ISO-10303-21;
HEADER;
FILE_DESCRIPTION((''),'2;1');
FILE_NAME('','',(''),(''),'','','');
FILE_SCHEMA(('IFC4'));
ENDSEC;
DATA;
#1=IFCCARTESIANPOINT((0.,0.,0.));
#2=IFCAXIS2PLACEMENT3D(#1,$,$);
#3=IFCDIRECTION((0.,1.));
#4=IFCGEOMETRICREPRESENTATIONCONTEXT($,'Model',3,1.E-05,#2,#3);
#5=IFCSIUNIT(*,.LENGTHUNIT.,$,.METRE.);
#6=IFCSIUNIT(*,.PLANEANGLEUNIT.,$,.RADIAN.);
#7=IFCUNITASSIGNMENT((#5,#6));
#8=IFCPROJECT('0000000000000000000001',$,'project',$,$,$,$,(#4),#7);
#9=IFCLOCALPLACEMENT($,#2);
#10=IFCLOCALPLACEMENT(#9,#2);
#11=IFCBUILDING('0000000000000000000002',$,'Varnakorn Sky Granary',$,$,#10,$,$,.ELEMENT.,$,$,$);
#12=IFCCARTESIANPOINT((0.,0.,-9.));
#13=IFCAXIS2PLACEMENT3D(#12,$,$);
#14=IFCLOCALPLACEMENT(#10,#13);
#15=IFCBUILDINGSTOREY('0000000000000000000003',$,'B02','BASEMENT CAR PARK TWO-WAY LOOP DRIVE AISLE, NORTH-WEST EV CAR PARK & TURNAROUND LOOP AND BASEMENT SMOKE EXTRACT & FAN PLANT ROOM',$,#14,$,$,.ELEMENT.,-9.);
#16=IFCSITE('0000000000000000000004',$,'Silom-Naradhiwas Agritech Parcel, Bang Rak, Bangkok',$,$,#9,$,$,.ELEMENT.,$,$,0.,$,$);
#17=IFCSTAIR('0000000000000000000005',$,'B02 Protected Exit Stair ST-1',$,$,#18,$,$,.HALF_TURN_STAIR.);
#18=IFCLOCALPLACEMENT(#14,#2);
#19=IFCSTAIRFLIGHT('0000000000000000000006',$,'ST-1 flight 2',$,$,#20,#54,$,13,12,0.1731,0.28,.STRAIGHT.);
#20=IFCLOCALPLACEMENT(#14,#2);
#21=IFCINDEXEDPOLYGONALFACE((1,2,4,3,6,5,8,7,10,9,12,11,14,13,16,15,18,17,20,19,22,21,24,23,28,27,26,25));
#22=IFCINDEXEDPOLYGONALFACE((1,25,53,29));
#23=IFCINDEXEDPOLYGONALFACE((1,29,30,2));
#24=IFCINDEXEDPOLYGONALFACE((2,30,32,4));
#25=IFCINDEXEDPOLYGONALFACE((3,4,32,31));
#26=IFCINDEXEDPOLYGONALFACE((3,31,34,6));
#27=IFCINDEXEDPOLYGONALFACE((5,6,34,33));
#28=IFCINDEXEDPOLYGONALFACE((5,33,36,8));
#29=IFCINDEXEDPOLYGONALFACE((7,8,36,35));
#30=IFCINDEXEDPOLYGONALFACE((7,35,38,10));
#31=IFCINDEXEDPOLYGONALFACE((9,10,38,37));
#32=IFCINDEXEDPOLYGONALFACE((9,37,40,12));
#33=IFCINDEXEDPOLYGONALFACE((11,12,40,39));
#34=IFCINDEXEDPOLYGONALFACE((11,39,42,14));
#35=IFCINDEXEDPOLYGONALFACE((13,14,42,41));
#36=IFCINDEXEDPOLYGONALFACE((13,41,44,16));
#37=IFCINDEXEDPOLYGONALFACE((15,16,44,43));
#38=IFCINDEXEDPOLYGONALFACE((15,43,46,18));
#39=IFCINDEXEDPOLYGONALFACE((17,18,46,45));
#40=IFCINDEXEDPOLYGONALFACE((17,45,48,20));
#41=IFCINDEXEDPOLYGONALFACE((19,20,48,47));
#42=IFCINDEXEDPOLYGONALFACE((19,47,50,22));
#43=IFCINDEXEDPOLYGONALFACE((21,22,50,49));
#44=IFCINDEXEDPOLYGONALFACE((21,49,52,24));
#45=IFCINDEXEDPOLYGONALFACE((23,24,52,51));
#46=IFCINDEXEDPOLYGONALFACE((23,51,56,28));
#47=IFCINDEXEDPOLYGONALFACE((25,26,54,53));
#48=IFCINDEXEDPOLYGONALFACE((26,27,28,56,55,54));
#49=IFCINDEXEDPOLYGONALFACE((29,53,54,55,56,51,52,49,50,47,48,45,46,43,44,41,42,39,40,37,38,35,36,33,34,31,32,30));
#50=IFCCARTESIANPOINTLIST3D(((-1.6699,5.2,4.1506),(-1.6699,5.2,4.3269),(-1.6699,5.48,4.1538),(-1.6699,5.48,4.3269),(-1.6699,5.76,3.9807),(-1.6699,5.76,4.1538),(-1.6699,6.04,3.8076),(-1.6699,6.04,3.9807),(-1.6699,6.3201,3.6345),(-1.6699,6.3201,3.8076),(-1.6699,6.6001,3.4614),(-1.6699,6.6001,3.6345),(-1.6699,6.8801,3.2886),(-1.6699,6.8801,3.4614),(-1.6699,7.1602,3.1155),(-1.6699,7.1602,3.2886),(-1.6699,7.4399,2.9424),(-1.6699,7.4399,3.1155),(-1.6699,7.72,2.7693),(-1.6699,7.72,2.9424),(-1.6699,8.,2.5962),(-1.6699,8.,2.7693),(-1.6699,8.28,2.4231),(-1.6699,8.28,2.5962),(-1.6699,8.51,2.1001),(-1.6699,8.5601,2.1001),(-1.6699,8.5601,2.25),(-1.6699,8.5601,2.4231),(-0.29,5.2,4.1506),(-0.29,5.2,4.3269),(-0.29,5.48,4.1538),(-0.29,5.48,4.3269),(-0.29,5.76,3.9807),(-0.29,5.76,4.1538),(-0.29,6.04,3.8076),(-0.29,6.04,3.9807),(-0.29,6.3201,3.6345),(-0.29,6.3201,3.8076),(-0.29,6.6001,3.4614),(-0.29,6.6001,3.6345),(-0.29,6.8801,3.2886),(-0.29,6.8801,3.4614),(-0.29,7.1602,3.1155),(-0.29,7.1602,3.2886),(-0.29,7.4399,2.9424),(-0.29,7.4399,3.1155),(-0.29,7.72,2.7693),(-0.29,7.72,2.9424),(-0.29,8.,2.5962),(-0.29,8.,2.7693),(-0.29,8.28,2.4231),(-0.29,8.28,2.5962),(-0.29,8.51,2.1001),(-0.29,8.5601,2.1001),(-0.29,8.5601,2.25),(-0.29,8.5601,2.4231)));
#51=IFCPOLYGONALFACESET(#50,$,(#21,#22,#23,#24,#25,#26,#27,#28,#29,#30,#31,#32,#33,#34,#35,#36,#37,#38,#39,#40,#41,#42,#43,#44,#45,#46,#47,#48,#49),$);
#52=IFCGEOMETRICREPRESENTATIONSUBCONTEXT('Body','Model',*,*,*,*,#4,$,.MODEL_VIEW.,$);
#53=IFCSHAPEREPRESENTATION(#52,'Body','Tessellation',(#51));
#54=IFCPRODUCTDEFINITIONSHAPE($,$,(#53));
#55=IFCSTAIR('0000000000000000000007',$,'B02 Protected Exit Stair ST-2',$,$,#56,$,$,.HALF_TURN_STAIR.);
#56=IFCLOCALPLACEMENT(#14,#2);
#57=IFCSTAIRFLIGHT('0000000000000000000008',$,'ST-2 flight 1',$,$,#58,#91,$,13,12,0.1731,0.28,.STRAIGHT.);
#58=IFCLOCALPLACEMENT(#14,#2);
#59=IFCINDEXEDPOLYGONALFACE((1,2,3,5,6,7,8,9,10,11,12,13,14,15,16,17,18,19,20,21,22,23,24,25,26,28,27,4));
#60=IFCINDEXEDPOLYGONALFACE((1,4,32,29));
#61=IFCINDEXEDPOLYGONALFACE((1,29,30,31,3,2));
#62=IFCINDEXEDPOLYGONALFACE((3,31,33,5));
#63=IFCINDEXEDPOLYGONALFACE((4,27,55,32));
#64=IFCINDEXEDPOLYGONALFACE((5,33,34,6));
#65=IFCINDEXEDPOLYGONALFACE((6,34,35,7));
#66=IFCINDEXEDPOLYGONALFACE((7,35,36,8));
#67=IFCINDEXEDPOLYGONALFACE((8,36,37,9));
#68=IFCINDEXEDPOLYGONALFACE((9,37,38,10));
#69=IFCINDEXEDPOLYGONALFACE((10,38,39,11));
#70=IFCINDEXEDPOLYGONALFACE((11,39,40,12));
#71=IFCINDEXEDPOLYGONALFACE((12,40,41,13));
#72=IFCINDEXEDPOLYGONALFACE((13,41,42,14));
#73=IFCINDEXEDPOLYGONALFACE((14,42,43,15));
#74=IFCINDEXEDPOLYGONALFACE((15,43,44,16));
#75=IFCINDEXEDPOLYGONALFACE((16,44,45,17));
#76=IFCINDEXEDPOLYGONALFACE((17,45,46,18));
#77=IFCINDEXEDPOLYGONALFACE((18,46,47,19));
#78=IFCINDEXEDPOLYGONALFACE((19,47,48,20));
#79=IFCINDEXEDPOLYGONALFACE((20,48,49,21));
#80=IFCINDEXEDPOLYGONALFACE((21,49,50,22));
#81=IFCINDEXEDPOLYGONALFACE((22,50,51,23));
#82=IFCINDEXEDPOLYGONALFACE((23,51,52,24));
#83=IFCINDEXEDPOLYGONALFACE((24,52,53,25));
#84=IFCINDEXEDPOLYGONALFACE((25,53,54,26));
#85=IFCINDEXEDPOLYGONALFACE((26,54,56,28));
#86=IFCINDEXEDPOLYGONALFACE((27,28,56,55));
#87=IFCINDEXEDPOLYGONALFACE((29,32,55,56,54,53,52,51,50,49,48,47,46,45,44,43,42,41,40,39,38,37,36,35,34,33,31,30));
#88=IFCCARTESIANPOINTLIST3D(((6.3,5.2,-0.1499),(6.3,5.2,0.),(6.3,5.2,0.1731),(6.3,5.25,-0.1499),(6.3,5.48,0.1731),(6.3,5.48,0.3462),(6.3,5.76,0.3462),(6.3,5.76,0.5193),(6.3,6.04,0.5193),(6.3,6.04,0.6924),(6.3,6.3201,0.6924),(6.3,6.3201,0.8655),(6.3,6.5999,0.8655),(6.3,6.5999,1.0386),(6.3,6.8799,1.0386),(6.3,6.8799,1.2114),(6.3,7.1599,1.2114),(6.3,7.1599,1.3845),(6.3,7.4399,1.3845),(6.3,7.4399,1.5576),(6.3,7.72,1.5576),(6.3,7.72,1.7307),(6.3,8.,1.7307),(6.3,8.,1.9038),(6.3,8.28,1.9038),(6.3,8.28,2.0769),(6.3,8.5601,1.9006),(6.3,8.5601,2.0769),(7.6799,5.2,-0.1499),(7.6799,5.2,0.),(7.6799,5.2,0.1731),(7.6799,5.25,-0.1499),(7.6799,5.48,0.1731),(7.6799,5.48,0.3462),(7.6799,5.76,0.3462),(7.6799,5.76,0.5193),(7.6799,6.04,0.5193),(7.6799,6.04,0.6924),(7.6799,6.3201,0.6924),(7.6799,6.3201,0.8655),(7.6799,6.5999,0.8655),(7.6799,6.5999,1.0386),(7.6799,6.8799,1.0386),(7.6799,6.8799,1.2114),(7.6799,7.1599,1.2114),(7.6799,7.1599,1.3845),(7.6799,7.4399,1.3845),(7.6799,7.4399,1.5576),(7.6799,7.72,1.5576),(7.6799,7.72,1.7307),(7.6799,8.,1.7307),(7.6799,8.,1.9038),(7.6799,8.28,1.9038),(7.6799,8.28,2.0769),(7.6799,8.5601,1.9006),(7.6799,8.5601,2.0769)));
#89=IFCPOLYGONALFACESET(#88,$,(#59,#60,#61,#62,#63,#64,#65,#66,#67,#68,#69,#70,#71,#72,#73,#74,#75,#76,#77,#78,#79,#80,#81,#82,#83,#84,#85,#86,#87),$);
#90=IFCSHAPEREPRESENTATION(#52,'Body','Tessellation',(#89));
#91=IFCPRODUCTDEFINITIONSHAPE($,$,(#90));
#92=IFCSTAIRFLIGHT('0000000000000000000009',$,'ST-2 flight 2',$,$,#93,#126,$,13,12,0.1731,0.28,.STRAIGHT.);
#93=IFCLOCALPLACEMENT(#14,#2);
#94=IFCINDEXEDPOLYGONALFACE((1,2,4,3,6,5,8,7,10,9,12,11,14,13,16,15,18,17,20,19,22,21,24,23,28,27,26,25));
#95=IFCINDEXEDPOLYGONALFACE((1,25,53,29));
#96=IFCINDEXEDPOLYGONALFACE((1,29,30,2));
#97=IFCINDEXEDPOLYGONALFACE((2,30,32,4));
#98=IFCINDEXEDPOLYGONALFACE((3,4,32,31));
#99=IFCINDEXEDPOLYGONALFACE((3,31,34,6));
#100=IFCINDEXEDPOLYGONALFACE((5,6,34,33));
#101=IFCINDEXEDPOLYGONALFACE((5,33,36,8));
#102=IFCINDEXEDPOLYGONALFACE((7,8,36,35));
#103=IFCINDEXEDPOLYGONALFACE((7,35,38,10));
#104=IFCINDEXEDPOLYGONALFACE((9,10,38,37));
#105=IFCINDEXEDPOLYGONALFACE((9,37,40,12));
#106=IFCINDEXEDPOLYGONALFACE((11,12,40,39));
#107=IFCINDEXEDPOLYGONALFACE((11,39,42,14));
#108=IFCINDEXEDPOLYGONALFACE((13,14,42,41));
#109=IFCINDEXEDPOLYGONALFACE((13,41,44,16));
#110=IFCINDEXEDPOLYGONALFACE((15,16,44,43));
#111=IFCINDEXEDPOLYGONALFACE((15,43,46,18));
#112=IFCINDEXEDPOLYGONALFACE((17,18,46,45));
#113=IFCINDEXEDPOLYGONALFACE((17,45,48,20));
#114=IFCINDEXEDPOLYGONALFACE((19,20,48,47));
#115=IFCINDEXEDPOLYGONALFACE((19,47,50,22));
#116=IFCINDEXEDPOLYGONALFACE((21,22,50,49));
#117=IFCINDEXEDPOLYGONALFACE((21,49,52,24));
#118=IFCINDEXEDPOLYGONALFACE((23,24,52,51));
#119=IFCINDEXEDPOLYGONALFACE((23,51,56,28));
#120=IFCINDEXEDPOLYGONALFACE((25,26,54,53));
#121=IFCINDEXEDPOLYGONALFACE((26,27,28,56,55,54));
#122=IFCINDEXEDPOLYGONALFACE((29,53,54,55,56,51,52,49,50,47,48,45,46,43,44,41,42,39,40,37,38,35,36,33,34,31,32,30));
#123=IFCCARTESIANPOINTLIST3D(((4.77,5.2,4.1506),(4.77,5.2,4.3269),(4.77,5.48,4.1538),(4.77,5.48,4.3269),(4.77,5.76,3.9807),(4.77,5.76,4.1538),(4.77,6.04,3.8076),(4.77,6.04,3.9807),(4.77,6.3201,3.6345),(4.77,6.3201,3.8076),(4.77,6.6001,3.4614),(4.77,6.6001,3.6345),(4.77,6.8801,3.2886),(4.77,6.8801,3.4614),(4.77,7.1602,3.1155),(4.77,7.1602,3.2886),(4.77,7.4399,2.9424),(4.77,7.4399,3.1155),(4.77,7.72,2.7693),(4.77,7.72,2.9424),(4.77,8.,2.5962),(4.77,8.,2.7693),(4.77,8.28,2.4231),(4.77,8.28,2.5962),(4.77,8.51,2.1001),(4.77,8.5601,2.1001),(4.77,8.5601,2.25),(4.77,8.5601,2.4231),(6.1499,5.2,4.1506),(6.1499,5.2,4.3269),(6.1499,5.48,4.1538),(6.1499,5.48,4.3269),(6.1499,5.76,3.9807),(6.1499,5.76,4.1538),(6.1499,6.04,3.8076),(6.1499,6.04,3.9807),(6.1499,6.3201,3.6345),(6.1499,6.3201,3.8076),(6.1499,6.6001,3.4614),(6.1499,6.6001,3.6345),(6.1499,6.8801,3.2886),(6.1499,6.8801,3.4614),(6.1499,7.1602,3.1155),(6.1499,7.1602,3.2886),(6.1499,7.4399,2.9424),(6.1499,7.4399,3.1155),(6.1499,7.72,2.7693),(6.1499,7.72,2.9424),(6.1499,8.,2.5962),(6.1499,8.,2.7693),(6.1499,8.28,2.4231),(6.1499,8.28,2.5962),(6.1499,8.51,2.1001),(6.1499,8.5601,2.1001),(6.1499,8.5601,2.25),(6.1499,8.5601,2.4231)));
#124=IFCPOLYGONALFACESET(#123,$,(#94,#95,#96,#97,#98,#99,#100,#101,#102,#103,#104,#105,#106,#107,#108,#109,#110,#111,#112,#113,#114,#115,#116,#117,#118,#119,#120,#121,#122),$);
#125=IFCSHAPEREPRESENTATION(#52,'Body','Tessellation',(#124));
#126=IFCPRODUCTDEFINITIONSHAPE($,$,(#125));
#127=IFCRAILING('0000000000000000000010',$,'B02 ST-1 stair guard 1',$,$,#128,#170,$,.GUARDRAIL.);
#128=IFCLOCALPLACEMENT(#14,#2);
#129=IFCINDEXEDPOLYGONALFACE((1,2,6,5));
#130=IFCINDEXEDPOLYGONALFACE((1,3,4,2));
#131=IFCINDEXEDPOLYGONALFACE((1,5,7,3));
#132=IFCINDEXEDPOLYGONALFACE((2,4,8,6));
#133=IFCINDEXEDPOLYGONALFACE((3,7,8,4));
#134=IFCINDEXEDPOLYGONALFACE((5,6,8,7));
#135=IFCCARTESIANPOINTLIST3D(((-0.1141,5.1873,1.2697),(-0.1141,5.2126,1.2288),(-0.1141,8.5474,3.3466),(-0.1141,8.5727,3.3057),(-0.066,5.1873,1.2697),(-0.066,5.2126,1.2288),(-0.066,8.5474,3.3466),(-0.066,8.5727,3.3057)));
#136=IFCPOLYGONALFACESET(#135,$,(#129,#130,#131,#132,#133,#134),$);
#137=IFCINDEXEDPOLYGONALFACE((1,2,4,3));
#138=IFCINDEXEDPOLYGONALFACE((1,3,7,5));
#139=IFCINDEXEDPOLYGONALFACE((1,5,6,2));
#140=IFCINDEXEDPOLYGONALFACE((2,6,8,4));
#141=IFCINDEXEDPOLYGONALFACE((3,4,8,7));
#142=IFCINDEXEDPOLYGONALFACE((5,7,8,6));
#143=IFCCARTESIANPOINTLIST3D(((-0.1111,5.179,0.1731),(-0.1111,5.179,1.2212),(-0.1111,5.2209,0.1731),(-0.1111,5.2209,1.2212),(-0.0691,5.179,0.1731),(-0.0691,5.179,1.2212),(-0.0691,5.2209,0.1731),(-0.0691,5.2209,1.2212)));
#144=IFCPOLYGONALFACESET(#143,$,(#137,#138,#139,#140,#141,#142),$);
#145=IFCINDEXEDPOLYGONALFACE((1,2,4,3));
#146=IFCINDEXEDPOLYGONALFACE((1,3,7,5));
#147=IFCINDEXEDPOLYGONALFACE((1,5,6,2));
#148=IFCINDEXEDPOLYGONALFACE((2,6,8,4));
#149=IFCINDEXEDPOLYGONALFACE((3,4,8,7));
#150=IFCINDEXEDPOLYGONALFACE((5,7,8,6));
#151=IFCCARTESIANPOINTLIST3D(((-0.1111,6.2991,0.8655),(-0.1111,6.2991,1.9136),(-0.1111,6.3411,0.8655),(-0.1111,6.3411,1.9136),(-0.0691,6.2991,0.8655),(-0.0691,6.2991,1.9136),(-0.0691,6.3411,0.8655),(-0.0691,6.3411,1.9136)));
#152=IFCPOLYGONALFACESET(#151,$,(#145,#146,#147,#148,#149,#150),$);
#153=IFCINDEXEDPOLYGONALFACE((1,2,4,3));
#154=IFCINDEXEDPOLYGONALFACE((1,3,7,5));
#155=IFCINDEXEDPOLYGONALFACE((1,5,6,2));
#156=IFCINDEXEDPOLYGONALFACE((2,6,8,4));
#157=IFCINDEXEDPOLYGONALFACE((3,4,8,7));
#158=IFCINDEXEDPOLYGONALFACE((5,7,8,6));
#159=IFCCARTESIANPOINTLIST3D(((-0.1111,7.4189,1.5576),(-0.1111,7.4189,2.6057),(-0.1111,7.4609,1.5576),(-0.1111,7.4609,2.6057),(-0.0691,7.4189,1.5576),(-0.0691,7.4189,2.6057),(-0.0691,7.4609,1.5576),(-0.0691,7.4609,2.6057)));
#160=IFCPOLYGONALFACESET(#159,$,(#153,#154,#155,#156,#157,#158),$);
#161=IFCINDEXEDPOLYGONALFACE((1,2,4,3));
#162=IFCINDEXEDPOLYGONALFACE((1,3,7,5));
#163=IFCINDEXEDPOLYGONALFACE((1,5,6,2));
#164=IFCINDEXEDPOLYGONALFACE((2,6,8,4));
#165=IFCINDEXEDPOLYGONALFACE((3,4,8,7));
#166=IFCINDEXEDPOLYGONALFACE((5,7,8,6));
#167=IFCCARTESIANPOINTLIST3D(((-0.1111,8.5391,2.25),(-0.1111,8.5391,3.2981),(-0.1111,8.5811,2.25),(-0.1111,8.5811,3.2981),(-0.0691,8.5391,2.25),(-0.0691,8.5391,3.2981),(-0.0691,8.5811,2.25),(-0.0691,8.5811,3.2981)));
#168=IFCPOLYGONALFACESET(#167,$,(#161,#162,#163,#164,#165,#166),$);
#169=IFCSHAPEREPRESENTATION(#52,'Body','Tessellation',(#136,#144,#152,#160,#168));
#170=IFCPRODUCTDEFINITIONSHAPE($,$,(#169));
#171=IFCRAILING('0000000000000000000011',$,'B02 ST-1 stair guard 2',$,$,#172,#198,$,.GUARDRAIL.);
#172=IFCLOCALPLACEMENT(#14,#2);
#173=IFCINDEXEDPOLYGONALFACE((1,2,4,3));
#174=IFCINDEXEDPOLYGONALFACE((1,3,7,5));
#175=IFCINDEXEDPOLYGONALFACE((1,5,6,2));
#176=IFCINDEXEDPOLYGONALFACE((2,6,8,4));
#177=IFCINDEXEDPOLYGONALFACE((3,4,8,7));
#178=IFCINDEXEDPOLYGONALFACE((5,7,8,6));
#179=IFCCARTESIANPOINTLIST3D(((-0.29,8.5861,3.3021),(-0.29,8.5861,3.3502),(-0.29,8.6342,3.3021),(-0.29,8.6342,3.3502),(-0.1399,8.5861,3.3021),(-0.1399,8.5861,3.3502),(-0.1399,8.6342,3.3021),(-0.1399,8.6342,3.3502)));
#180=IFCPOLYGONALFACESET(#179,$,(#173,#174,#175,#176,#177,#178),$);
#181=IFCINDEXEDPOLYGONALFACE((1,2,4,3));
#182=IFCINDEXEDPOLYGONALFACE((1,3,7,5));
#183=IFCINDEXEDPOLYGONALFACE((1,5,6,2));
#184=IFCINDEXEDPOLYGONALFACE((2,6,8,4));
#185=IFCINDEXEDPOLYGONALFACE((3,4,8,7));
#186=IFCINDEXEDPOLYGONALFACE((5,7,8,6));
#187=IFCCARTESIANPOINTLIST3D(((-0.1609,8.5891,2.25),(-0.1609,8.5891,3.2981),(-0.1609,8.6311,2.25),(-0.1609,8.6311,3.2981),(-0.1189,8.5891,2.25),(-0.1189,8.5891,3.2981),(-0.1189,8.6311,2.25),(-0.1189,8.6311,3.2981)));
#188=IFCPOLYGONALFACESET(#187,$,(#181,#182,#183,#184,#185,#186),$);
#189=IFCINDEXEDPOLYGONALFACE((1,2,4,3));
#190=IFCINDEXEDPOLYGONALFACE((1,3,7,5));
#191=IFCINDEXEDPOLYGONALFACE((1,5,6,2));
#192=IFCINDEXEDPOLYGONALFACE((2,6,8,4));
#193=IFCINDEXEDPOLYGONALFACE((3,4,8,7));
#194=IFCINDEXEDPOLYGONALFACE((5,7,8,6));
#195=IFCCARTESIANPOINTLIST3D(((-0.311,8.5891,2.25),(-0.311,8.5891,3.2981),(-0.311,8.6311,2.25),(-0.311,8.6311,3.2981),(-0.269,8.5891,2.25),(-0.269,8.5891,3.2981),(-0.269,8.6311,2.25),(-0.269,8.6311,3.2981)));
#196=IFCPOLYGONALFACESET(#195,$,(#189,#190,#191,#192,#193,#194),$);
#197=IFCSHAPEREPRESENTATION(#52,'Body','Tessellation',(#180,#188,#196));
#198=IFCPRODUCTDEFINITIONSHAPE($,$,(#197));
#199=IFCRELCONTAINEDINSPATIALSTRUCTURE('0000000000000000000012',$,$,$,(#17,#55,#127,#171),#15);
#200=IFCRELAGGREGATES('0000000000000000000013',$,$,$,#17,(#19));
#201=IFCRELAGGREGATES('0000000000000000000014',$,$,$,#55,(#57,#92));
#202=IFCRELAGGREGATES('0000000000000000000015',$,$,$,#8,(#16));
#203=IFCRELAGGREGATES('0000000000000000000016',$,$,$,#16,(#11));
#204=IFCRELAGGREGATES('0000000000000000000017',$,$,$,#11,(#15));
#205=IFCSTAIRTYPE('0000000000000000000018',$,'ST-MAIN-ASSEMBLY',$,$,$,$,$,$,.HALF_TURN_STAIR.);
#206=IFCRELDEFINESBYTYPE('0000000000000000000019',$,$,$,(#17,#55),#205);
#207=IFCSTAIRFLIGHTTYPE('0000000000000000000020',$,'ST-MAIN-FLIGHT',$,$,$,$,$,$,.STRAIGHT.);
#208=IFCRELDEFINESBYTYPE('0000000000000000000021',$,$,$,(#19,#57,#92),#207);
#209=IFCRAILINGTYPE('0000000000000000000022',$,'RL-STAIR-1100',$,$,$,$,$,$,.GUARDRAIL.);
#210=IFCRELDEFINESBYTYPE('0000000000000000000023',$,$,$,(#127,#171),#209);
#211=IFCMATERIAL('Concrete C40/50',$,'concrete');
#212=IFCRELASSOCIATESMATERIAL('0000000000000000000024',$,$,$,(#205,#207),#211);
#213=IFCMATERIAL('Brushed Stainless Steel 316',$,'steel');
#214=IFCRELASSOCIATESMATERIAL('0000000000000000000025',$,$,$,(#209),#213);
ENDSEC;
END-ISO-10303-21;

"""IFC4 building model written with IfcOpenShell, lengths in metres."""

from ifc_helpers import new_model, si_unit, direction, frame, origin, origin_2d, place, context, subcontext, project, spatial, polyline, rectangle, outline, extrude, material, type_object, element, aggregate, save


model = new_model("IFC4")

# Units and contexts
model_context = context("Model", 3, precision=1e-05, world=origin(), true_north=direction((0.0, 1.0)))
body_context = subcontext(model_context, "Body", "Model", "MODEL_VIEW")
ifc_project = project(units=[si_unit("LENGTHUNIT", "METRE"), si_unit("PLANEANGLEUNIT", "RADIAN")], contexts=[model_context])

# Site, building, storey
site_placement = place(None, origin())
site = spatial("IfcSite", under=ifc_project, at=site_placement, Name="Silom-Naradhiwas Agritech Parcel, Bang Rak, Bangkok", CompositionType="ELEMENT", RefElevation=0.0)
building_placement = place(site_placement, origin())
building = spatial("IfcBuilding", under=site, at=building_placement, Name="Varnakorn Sky Granary", CompositionType="ELEMENT")
storey_placement = place(building_placement, frame((0.0, 0.0, -9.0)))
storey = spatial("IfcBuildingStorey", under=building, at=storey_placement, Name="B02", Description="BASEMENT CAR PARK TWO-WAY LOOP DRIVE AISLE, NORTH-WEST EV CAR PARK & TURNAROUND LOOP AND BASEMENT SMOKE EXTRACT & FAN PLANT ROOM", CompositionType="ELEMENT", Elevation=-9.0)

# Stairs, stair flights
ifc_material_1 = material(Name="Concrete C40/50", Category="concrete")
stair_type = type_object("IfcStairType", Name="ST-MAIN-ASSEMBLY", PredefinedType="HALF_TURN_STAIR", material=ifc_material_1)
stair_1_placement = place(storey_placement, origin())
stair_1 = element("IfcStair", 1, at=stair_1_placement, inside=storey, type_object=stair_type, Name="B02 Protected Exit Stair ST-1", PredefinedType="HALF_TURN_STAIR")
stair_flight_type = type_object("IfcStairFlightType", Name="ST-MAIN-FLIGHT", PredefinedType="STRAIGHT", material=ifc_material_1)
stair_flight_1_placement = place(storey_placement, frame((-0.98, 8.5601, 2.25), z_axis=(0.0, 0.0, 1.0), x_axis=(0.0, -1.0, 0.0)))
stair_flight_1 = element("IfcStairFlight", 2, at=stair_flight_1_placement, type_object=stair_flight_type, Name="ST-1 flight 2", NumberOfRisers=13, NumberOfTreads=12, PredefinedType="STRAIGHT", RiserHeight=0.1731, TreadLength=0.28, context=body_context, shape_type="SweptSolid", body=[
    extrude(outline(polyline([(0.0, -0.1499), (0.0, 0.0), (0.0, 0.1731), (0.28, 0.1731), (0.28, 0.3462), (0.5601, 0.3462), (0.5601, 0.5193), (0.8401, 0.5193), (0.8401, 0.6924), (1.1201, 0.6924), (1.1201, 0.8655), (1.3999, 0.8655), (1.3999, 1.0386), (1.6799, 1.0386), (1.6799, 1.2114), (1.96, 1.2114), (1.96, 1.3845), (2.24, 1.3845), (2.24, 1.5576), (2.52, 1.5576), (2.52, 1.7307), (2.8, 1.7307), (2.8, 1.9038), (3.0801, 1.9038), (3.0801, 2.0769), (3.3601, 2.0769), (3.3601, 2.25), (3.3601, 1.9006), (0.05, -0.1499), (0.0, -0.1499)])), frame((0.0, 0.6899, 0.0), z_axis=(0.0, -1.0, 0.0), x_axis=(1.0, 0.0, 0.0)), (0.0, 0.0, 1.0), 1.3799),
])
aggregate(stair_1, [stair_flight_1])
stair_2_placement = place(storey_placement, origin())
stair_2 = element("IfcStair", 3, at=stair_2_placement, inside=storey, type_object=stair_type, Name="B02 Protected Exit Stair ST-2", PredefinedType="HALF_TURN_STAIR")
stair_flight_2_placement = place(storey_placement, frame((6.99, 5.2, 0.0), z_axis=(0.0, 0.0, 1.0), x_axis=(0.0, 1.0, 0.0)))
stair_flight_2 = element("IfcStairFlight", 4, at=stair_flight_2_placement, type_object=stair_flight_type, Name="ST-2 flight 1", NumberOfRisers=13, NumberOfTreads=12, PredefinedType="STRAIGHT", RiserHeight=0.1731, TreadLength=0.28, context=body_context, shape_type="SweptSolid", body=[
    extrude(outline(polyline([(0.0, -0.1499), (0.0, 0.0), (0.0, 0.1731), (0.28, 0.1731), (0.28, 0.3462), (0.5601, 0.3462), (0.5601, 0.5193), (0.8401, 0.5193), (0.8401, 0.6924), (1.1201, 0.6924), (1.1201, 0.8655), (1.3999, 0.8655), (1.3999, 1.0386), (1.6799, 1.0386), (1.6799, 1.2114), (1.96, 1.2114), (1.96, 1.3845), (2.24, 1.3845), (2.24, 1.5576), (2.52, 1.5576), (2.52, 1.7307), (2.8, 1.7307), (2.8, 1.9038), (3.0801, 1.9038), (3.0801, 2.0769), (3.3601, 2.0769), (3.3601, 2.25), (3.3601, 1.9006), (0.05, -0.1499), (0.0, -0.1499)])), frame((0.0, 0.6899, 0.0), z_axis=(0.0, -1.0, 0.0), x_axis=(1.0, 0.0, 0.0)), (0.0, 0.0, 1.0), 1.3799),
])
stair_flight_3_placement = place(storey_placement, frame((5.46, 8.5601, 2.25), z_axis=(0.0, 0.0, 1.0), x_axis=(0.0, -1.0, 0.0)))
stair_flight_3 = element("IfcStairFlight", 5, at=stair_flight_3_placement, type_object=stair_flight_type, Name="ST-2 flight 2", NumberOfRisers=13, NumberOfTreads=12, PredefinedType="STRAIGHT", RiserHeight=0.1731, TreadLength=0.28, context=body_context, shape_type="SweptSolid", body=[
    extrude(outline(polyline([(0.0, -0.1499), (0.0, 0.0), (0.0, 0.1731), (0.28, 0.1731), (0.28, 0.3462), (0.5601, 0.3462), (0.5601, 0.5193), (0.8401, 0.5193), (0.8401, 0.6924), (1.1201, 0.6924), (1.1201, 0.8655), (1.3999, 0.8655), (1.3999, 1.0386), (1.6799, 1.0386), (1.6799, 1.2114), (1.96, 1.2114), (1.96, 1.3845), (2.24, 1.3845), (2.24, 1.5576), (2.52, 1.5576), (2.52, 1.7307), (2.8, 1.7307), (2.8, 1.9038), (3.0801, 1.9038), (3.0801, 2.0769), (3.3601, 2.0769), (3.3601, 2.25), (3.3601, 1.9006), (0.05, -0.1499), (0.0, -0.1499)])), frame((0.0, 0.6899, 0.0), z_axis=(0.0, -1.0, 0.0), x_axis=(1.0, 0.0, 0.0)), (0.0, 0.0, 1.0), 1.3799),
])
aggregate(stair_2, [stair_flight_2, stair_flight_3])

# Railings
ifc_material_2 = material(Name="Brushed Stainless Steel 316", Category="steel")
railing_type_1 = type_object("IfcRailingType", Name="RL-STAIR-1100", PredefinedType="GUARDRAIL", material=ifc_material_2)
railing_1_placement = place(storey_placement, frame((-0.0901, 5.2, 0.1731)))
element("IfcRailing", 6, at=railing_1_placement, inside=storey, type_object=railing_type_1, Name="B02 ST-1 stair guard 1", PredefinedType="GUARDRAIL", context=body_context, shape_type="SweptSolid", body=[
    extrude(rectangle(XDim=0.0481, YDim=0.0481, at=origin_2d()), frame((0.0, 0.0, 1.0762), z_axis=(0.0, 0.850623, 0.525776), x_axis=(-1.0, 0.0, 0.0)), (0.0, 0.0, 1.0), 3.9502),
    extrude(rectangle(XDim=0.042, YDim=0.042, at=origin_2d()), origin(), (0.0, 0.0, 1.0), 1.0481),
    extrude(rectangle(XDim=0.042, YDim=0.042, at=origin_2d()), frame((0.0, 1.1201, 0.6924)), (0.0, 0.0, 1.0), 1.0481),
    extrude(rectangle(XDim=0.042, YDim=0.042, at=origin_2d()), frame((0.0, 2.24, 1.3845)), (0.0, 0.0, 1.0), 1.0481),
    extrude(rectangle(XDim=0.042, YDim=0.042, at=origin_2d()), frame((0.0, 3.3601, 2.0769)), (0.0, 0.0, 1.0), 1.0481),
])
railing_2_placement = place(storey_placement, frame((-0.1399, 8.6101, 2.25)))
element("IfcRailing", 7, at=railing_2_placement, inside=storey, type_object=railing_type_1, Name="B02 ST-1 stair guard 2", PredefinedType="GUARDRAIL", context=body_context, shape_type="SweptSolid", body=[
    extrude(rectangle(XDim=0.0481, YDim=0.0481, at=origin_2d()), frame((0.0, 0.0, 1.0762), z_axis=(-1.0, 0.0, 0.0), x_axis=(0.0, -1.0, 0.0)), (0.0, 0.0, 1.0), 0.1501),
    extrude(rectangle(XDim=0.042, YDim=0.042, at=origin_2d()), origin(), (0.0, 0.0, 1.0), 1.0481),
    extrude(rectangle(XDim=0.042, YDim=0.042, at=origin_2d()), frame((-0.1501, 0.0, 0.0)), (0.0, 0.0, 1.0), 1.0481),
])

save(model, "model.ifc")
